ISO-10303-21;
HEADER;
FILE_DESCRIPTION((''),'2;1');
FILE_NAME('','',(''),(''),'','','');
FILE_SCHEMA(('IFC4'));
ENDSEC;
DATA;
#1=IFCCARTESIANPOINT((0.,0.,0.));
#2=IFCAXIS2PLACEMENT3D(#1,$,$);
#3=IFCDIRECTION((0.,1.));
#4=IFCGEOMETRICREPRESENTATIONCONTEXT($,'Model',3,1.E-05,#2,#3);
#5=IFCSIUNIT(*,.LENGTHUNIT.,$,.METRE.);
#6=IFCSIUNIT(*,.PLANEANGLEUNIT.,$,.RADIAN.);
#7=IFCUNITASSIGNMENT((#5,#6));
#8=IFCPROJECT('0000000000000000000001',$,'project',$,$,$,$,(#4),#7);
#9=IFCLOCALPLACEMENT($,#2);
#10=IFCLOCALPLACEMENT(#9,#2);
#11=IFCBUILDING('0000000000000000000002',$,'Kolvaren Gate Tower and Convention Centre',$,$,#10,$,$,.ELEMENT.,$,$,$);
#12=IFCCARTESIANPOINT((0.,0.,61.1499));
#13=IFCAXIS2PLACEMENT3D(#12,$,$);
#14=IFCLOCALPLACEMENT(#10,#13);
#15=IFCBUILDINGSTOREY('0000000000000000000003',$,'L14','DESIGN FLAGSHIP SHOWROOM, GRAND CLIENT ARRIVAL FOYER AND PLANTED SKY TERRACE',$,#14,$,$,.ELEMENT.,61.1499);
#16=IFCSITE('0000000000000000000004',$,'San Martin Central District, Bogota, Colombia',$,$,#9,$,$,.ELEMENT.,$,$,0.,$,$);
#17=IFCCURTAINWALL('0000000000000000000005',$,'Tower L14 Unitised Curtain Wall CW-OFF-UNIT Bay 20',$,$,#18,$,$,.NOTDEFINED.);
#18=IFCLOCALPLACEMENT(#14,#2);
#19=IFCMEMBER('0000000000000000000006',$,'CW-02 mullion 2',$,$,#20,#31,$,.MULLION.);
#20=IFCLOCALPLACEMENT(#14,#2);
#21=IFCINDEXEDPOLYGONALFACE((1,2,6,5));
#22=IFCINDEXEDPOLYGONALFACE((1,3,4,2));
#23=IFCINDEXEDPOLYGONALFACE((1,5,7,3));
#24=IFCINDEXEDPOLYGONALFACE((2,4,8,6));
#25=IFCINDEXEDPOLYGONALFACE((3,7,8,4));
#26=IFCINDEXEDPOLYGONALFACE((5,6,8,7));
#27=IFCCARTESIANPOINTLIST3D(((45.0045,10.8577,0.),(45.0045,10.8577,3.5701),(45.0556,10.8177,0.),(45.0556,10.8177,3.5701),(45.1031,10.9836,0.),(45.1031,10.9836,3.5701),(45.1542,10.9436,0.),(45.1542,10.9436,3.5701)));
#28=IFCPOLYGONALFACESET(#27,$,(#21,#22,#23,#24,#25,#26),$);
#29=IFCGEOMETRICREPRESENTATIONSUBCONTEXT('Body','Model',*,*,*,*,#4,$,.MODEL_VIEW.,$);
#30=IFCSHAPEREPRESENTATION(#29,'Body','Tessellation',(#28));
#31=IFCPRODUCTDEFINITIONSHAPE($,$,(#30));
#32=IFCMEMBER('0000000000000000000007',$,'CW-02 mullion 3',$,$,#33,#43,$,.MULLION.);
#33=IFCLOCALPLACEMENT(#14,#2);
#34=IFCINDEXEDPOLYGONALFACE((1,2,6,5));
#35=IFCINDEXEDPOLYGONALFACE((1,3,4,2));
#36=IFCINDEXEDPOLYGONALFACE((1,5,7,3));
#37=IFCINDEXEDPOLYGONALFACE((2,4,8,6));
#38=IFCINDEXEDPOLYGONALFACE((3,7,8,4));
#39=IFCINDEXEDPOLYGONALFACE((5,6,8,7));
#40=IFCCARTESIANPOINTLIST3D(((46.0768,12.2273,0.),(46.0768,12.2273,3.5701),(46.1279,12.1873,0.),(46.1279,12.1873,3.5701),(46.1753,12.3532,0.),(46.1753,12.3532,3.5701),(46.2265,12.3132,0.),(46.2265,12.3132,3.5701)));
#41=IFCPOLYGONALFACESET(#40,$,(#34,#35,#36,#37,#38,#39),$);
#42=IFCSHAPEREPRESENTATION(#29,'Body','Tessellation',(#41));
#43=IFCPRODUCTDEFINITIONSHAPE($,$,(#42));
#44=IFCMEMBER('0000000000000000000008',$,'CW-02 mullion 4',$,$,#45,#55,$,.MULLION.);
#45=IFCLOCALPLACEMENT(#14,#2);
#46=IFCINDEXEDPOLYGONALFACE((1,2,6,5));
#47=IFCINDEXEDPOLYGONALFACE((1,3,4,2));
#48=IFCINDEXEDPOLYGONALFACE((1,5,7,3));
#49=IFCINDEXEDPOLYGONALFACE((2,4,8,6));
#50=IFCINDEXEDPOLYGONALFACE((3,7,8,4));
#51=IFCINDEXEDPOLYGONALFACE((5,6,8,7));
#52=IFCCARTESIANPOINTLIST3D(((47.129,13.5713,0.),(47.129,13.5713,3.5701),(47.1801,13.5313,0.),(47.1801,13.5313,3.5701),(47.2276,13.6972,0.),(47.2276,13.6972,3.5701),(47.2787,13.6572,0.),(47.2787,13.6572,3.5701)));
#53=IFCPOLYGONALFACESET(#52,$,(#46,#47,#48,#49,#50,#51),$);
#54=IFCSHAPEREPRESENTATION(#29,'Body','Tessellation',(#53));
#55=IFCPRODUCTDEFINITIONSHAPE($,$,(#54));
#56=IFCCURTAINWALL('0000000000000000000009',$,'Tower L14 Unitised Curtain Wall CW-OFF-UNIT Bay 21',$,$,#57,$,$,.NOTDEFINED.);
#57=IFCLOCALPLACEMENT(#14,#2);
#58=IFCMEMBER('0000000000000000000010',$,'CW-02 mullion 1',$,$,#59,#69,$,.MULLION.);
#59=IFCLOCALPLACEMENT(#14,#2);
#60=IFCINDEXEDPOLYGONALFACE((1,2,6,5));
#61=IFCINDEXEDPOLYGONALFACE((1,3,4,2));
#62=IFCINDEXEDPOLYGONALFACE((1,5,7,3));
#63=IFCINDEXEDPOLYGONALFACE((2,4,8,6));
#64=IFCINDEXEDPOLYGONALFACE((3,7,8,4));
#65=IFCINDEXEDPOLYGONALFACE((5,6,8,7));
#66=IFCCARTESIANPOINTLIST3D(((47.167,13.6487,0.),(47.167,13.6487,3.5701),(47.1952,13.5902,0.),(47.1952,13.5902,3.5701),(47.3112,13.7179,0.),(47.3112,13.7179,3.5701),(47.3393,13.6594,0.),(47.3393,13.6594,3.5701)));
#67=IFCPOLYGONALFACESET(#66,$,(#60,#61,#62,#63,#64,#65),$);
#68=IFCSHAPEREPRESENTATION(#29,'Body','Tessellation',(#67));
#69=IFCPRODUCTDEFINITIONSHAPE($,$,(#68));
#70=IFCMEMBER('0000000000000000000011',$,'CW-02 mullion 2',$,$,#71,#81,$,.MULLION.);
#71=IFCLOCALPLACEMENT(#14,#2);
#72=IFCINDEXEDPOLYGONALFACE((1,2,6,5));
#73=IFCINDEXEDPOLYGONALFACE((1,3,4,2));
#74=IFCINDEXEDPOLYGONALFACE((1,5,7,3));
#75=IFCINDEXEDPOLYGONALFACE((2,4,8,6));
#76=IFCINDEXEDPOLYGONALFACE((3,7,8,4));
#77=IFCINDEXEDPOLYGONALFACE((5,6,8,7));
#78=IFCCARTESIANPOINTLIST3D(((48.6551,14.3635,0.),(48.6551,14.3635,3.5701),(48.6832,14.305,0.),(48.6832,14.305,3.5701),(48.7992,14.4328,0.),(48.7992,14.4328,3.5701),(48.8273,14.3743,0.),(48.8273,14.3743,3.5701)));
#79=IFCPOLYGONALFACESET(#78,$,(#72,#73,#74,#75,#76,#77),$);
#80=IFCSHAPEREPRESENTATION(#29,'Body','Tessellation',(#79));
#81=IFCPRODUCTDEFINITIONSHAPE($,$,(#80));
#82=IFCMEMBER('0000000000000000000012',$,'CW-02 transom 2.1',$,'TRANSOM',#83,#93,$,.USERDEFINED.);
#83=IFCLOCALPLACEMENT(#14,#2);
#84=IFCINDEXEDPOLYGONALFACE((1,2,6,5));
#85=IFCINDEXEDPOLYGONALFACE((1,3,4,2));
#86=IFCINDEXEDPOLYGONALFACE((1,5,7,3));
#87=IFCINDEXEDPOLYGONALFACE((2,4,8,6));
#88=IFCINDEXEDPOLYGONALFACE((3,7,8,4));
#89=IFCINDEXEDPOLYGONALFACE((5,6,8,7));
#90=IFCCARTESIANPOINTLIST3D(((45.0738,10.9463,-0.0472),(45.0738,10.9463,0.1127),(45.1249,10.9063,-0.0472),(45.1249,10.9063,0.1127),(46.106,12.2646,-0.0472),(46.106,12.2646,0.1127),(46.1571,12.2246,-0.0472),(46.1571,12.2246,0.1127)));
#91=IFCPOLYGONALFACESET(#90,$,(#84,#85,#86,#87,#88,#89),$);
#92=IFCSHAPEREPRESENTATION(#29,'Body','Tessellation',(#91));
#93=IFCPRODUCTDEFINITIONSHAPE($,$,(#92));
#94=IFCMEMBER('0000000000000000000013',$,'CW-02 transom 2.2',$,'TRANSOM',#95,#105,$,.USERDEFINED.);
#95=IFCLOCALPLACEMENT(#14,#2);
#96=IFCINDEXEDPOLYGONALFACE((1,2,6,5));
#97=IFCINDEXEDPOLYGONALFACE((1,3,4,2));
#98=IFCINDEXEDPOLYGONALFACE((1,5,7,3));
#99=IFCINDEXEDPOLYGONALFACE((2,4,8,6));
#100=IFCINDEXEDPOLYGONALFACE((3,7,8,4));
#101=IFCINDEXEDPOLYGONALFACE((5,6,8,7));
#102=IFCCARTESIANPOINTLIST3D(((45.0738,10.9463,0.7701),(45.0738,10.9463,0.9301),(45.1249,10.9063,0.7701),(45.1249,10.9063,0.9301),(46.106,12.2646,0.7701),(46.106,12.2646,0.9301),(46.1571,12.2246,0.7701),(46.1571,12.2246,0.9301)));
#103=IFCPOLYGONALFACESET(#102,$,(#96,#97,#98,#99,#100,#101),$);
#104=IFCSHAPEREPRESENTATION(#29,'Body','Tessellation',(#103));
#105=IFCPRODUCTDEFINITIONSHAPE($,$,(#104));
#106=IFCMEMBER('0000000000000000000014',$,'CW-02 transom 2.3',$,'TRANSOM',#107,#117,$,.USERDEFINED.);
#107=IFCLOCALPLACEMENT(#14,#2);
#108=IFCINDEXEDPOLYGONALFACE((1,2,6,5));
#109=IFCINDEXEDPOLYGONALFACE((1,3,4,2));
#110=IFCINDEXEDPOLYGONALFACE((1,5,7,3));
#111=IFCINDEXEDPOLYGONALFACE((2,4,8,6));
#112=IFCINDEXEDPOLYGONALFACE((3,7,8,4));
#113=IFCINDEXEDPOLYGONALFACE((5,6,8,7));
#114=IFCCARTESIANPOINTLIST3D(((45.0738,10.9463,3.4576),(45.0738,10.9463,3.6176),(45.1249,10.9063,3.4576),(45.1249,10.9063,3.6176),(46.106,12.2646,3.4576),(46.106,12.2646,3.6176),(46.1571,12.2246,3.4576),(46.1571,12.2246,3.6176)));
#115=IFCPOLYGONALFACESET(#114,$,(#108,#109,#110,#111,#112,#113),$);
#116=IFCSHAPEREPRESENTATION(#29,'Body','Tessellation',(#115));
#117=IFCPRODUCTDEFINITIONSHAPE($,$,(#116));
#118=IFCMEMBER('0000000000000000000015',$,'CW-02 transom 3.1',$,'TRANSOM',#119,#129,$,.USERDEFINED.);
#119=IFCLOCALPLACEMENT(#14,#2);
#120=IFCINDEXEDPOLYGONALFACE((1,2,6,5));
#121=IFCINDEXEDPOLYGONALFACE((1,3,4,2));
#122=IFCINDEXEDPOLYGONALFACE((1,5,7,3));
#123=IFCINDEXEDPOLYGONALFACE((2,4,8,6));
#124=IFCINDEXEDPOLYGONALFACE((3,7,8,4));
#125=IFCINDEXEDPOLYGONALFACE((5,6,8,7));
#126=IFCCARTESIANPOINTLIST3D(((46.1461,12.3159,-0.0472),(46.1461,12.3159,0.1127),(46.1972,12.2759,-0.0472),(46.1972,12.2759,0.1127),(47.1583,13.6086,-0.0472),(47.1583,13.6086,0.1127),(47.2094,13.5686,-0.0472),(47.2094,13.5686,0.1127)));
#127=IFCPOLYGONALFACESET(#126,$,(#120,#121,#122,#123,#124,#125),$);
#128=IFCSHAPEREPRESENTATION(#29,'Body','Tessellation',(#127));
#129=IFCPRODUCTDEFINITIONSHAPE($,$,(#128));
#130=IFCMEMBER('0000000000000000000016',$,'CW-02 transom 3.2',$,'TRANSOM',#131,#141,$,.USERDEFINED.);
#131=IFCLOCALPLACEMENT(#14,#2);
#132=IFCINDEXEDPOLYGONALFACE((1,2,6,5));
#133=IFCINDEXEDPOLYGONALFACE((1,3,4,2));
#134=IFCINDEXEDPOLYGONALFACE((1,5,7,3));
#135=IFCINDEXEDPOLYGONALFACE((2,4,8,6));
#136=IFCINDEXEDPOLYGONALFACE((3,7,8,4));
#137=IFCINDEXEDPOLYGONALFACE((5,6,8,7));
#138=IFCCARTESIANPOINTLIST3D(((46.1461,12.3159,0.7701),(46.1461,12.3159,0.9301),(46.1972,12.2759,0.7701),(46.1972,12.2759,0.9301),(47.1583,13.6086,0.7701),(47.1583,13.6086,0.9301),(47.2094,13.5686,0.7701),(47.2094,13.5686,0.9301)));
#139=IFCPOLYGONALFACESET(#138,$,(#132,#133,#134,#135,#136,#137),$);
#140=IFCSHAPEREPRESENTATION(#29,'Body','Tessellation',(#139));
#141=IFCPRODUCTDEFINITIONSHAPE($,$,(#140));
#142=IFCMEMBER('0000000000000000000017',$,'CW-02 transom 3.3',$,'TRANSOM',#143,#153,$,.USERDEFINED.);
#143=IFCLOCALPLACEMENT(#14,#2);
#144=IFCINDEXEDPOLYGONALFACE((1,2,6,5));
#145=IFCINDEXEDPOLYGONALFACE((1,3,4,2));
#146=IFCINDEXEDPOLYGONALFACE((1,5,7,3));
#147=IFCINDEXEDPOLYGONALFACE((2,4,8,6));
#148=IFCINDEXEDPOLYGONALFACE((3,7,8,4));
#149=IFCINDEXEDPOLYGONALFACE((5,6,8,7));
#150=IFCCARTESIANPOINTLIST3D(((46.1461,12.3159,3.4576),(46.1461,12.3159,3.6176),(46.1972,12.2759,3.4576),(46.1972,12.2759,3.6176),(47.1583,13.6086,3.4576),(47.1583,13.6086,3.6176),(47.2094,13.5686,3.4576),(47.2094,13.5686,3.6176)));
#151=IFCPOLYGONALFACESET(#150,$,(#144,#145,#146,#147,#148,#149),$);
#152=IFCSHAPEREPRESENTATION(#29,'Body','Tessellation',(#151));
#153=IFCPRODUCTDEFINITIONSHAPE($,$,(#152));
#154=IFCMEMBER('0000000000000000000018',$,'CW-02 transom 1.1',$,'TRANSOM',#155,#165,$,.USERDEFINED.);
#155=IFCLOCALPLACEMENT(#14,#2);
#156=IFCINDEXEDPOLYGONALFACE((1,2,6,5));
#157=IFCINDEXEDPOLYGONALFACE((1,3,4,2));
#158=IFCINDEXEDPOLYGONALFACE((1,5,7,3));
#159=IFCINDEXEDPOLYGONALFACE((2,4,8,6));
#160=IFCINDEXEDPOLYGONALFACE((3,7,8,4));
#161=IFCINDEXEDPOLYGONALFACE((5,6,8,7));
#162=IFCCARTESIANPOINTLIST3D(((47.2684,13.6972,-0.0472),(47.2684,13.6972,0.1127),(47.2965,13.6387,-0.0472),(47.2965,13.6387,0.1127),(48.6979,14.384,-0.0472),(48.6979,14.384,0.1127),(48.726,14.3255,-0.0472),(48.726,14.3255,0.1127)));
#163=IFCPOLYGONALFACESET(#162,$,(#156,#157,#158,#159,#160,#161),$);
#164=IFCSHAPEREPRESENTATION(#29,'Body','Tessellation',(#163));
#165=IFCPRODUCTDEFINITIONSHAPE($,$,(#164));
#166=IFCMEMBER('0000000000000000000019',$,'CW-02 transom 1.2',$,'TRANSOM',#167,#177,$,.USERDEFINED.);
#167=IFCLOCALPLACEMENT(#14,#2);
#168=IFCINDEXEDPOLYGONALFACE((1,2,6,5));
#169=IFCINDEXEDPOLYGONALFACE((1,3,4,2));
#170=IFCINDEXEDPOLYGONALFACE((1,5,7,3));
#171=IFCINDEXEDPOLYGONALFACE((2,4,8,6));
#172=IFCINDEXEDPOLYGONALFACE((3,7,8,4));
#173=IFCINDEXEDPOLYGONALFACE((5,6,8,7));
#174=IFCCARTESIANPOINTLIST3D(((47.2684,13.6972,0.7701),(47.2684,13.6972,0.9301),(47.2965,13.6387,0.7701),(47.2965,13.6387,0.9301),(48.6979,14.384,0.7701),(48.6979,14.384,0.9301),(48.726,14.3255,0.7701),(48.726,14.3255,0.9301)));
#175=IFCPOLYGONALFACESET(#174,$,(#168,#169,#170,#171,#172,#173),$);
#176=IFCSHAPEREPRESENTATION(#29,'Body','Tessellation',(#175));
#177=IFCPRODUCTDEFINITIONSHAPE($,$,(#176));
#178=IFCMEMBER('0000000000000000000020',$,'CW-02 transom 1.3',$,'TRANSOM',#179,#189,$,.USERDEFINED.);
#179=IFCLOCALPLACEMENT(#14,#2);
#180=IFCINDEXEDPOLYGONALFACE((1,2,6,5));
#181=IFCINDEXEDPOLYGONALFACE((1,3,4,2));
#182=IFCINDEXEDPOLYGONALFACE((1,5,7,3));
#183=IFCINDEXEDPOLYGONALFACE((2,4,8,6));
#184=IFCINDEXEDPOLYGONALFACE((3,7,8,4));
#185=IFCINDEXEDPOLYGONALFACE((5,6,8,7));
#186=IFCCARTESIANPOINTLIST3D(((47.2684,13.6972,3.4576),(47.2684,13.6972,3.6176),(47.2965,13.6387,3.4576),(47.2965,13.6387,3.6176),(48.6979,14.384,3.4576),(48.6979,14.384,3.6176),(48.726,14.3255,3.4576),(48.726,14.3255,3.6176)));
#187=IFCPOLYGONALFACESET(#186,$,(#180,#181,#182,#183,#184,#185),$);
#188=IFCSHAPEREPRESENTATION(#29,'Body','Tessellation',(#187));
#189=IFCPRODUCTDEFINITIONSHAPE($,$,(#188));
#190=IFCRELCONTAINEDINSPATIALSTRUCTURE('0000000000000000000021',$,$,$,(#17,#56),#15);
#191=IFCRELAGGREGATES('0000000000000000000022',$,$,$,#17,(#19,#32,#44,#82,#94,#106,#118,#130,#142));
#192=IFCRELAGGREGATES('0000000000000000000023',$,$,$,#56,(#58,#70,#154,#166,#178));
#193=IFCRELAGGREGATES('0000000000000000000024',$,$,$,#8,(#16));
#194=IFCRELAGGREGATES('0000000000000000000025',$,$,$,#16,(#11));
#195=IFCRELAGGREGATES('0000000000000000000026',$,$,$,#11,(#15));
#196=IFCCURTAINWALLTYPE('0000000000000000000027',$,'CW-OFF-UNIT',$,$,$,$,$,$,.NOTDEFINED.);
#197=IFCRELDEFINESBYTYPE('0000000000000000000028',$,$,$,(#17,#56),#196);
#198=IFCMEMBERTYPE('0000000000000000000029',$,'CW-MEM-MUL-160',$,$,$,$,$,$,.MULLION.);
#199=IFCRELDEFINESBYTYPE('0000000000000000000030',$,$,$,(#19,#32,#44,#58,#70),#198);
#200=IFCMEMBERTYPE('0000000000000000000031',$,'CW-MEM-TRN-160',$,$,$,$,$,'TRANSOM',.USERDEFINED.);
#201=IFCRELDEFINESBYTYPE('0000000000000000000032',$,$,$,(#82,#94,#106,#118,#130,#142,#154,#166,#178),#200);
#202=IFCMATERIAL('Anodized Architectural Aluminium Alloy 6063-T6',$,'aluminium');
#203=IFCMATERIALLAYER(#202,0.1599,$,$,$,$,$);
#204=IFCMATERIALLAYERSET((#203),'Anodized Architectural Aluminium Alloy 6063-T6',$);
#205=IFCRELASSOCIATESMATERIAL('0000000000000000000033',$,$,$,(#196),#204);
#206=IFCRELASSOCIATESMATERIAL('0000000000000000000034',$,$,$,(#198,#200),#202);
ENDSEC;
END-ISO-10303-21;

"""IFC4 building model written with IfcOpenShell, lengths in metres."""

from ifc_helpers import new_model, si_unit, direction, frame, origin, origin_2d, place, context, subcontext, project, spatial, rectangle, extrude, material, layer, layer_set, material_profile, profile_set, type_object, element, aggregate, save


model = new_model("IFC4")

# Units and contexts
model_context = context("Model", 3, precision=1e-05, world=origin(), true_north=direction((0.0, 1.0)))
body_context = subcontext(model_context, "Body", "Model", "MODEL_VIEW")
ifc_project = project(units=[si_unit("LENGTHUNIT", "METRE"), si_unit("PLANEANGLEUNIT", "RADIAN")], contexts=[model_context])

# Site, building, storey
site_placement = place(None, origin())
site = spatial("IfcSite", under=ifc_project, at=site_placement, Name="San Martin Central District, Bogota, Colombia", CompositionType="ELEMENT", RefElevation=0.0)
building_placement = place(site_placement, origin())
building = spatial("IfcBuilding", under=site, at=building_placement, Name="Kolvaren Gate Tower and Convention Centre", CompositionType="ELEMENT")
storey_placement = place(building_placement, frame((0.0, 0.0, 61.1499)))
storey = spatial("IfcBuildingStorey", under=building, at=storey_placement, Name="L14", Description="DESIGN FLAGSHIP SHOWROOM, GRAND CLIENT ARRIVAL FOYER AND PLANTED SKY TERRACE", CompositionType="ELEMENT", Elevation=61.1499)

# Curtain walls, members
ifc_material_1 = material(Name="Anodized Architectural Aluminium Alloy 6063-T6", Category="aluminium")
ifc_layer_1 = layer(ifc_material_1, 0.1599)
ifc_layer_set_1 = layer_set([ifc_layer_1], Name="Anodized Architectural Aluminium Alloy 6063-T6")
curtain_wall_type = type_object("IfcCurtainWallType", Name="CW-OFF-UNIT", PredefinedType="NOTDEFINED", material=ifc_layer_set_1)
curtain_wall_1_placement = place(storey_placement, origin())
curtain_wall_1 = element("IfcCurtainWall", 1, at=curtain_wall_1_placement, inside=storey, type_object=curtain_wall_type, Name="Tower L14 Unitised Curtain Wall CW-OFF-UNIT Bay 20", PredefinedType="NOTDEFINED")
ifc_material_profile_1 = material_profile(ifc_material_1, rectangle(XDim=0.0649, YDim=0.1599, at=origin_2d()), Name="CW-MEM-MUL-160")
ifc_profile_set_1 = profile_set([ifc_material_profile_1], Name="Anodized Architectural Aluminium Alloy 6063-T6")
member_type_1 = type_object("IfcMemberType", Name="CW-MEM-MUL-160", PredefinedType="MULLION", material=ifc_profile_set_1)
member_1_placement = place(storey_placement, frame((45.0793, 10.9006, 0.0), z_axis=(0.0, 0.0, 1.0), x_axis=(-0.787406, 0.616434, 0.0)))
member_1 = element("IfcMember", 2, at=member_1_placement, type_object=member_type_1, Name="CW-02 mullion 2", PredefinedType="MULLION", context=body_context, shape_type="SweptSolid", body=[
    extrude(rectangle(XDim=0.0649, YDim=0.1599, at=origin_2d()), origin(), (0.0, 0.0, 1.0), 3.5701),
])
member_2_placement = place(storey_placement, frame((46.1516, 12.2703, 0.0), z_axis=(0.0, 0.0, 1.0), x_axis=(-0.787406, 0.616434, 0.0)))
member_2 = element("IfcMember", 3, at=member_2_placement, type_object=member_type_1, Name="CW-02 mullion 3", PredefinedType="MULLION", context=body_context, shape_type="SweptSolid", body=[
    extrude(rectangle(XDim=0.0649, YDim=0.1599, at=origin_2d()), origin(), (0.0, 0.0, 1.0), 3.5701),
])
member_3_placement = place(storey_placement, frame((47.2039, 13.6143, 0.0), z_axis=(0.0, 0.0, 1.0), x_axis=(-0.787406, 0.616434, 0.0)))
member_3 = element("IfcMember", 4, at=member_3_placement, type_object=member_type_1, Name="CW-02 mullion 4", PredefinedType="MULLION", context=body_context, shape_type="SweptSolid", body=[
    extrude(rectangle(XDim=0.0649, YDim=0.1599, at=origin_2d()), origin(), (0.0, 0.0, 1.0), 3.5701),
])
curtain_wall_2_placement = place(storey_placement, origin())
curtain_wall_2 = element("IfcCurtainWall", 5, at=curtain_wall_2_placement, inside=storey, type_object=curtain_wall_type, Name="Tower L14 Unitised Curtain Wall CW-OFF-UNIT Bay 21", PredefinedType="NOTDEFINED")
member_4_placement = place(storey_placement, frame((47.2532, 13.6541, 0.0), z_axis=(0.0, 0.0, 1.0), x_axis=(-0.433067, 0.901362, 0.0)))
member_4 = element("IfcMember", 6, at=member_4_placement, type_object=member_type_1, Name="CW-02 mullion 1", PredefinedType="MULLION", context=body_context, shape_type="SweptSolid", body=[
    extrude(rectangle(XDim=0.0649, YDim=0.1599, at=origin_2d()), origin(), (0.0, 0.0, 1.0), 3.5701),
])
member_5_placement = place(storey_placement, frame((48.7412, 14.3689, 0.0), z_axis=(0.0, 0.0, 1.0), x_axis=(-0.433067, 0.901362, 0.0)))
member_5 = element("IfcMember", 7, at=member_5_placement, type_object=member_type_1, Name="CW-02 mullion 2", PredefinedType="MULLION", context=body_context, shape_type="SweptSolid", body=[
    extrude(rectangle(XDim=0.0649, YDim=0.1599, at=origin_2d()), origin(), (0.0, 0.0, 1.0), 3.5701),
])

# Members
ifc_material_profile_2 = material_profile(ifc_material_1, rectangle(XDim=0.0649, YDim=0.1599, at=origin_2d()), Name="CW-MEM-TRN-160")
ifc_profile_set_2 = profile_set([ifc_material_profile_2], Name="Anodized Architectural Aluminium Alloy 6063-T6")
member_type_2 = type_object("IfcMemberType", Name="CW-MEM-TRN-160", ElementType="TRANSOM", PredefinedType="USERDEFINED", material=ifc_profile_set_2)
member_6_placement = place(storey_placement, frame((45.0994, 10.9263, 0.0327), z_axis=(0.616481, 0.78737, 0.0), x_axis=(-0.78737, 0.616481, 0.0)))
member_6 = element("IfcMember", 8, at=member_6_placement, type_object=member_type_2, Name="CW-02 transom 2.1", ObjectType="TRANSOM", PredefinedType="USERDEFINED", context=body_context, shape_type="SweptSolid", body=[
    extrude(rectangle(XDim=0.0649, YDim=0.1599, at=origin_2d()), origin(), (0.0, 0.0, 1.0), 1.6743),
])
member_7_placement = place(storey_placement, frame((45.0994, 10.9263, 0.8501), z_axis=(0.616481, 0.78737, 0.0), x_axis=(-0.78737, 0.616481, 0.0)))
member_7 = element("IfcMember", 9, at=member_7_placement, type_object=member_type_2, Name="CW-02 transom 2.2", ObjectType="TRANSOM", PredefinedType="USERDEFINED", context=body_context, shape_type="SweptSolid", body=[
    extrude(rectangle(XDim=0.0649, YDim=0.1599, at=origin_2d()), origin(), (0.0, 0.0, 1.0), 1.6743),
])
member_8_placement = place(storey_placement, frame((45.0994, 10.9263, 3.5376), z_axis=(0.616481, 0.78737, 0.0), x_axis=(-0.78737, 0.616481, 0.0)))
member_8 = element("IfcMember", 10, at=member_8_placement, type_object=member_type_2, Name="CW-02 transom 2.3", ObjectType="TRANSOM", PredefinedType="USERDEFINED", context=body_context, shape_type="SweptSolid", body=[
    extrude(rectangle(XDim=0.0649, YDim=0.1599, at=origin_2d()), origin(), (0.0, 0.0, 1.0), 1.6743),
])
member_9_placement = place(storey_placement, frame((46.1716, 12.2959, 0.0327), z_axis=(0.616501, 0.787354, 0.0), x_axis=(-0.787354, 0.616501, 0.0)))
member_9 = element("IfcMember", 11, at=member_9_placement, type_object=member_type_2, Name="CW-02 transom 3.1", ObjectType="TRANSOM", PredefinedType="USERDEFINED", context=body_context, shape_type="SweptSolid", body=[
    extrude(rectangle(XDim=0.0649, YDim=0.1599, at=origin_2d()), origin(), (0.0, 0.0, 1.0), 1.6418),
])
member_10_placement = place(storey_placement, frame((46.1716, 12.2959, 0.8501), z_axis=(0.616501, 0.787354, 0.0), x_axis=(-0.787354, 0.616501, 0.0)))
member_10 = element("IfcMember", 12, at=member_10_placement, type_object=member_type_2, Name="CW-02 transom 3.2", ObjectType="TRANSOM", PredefinedType="USERDEFINED", context=body_context, shape_type="SweptSolid", body=[
    extrude(rectangle(XDim=0.0649, YDim=0.1599, at=origin_2d()), origin(), (0.0, 0.0, 1.0), 1.6418),
])
member_11_placement = place(storey_placement, frame((46.1716, 12.2959, 3.5376), z_axis=(0.616501, 0.787354, 0.0), x_axis=(-0.787354, 0.616501, 0.0)))
member_11 = element("IfcMember", 13, at=member_11_placement, type_object=member_type_2, Name="CW-02 transom 3.3", ObjectType="TRANSOM", PredefinedType="USERDEFINED", context=body_context, shape_type="SweptSolid", body=[
    extrude(rectangle(XDim=0.0649, YDim=0.1599, at=origin_2d()), origin(), (0.0, 0.0, 1.0), 1.6418),
])
member_12_placement = place(storey_placement, frame((47.2825, 13.668, 0.0327), z_axis=(0.901367, 0.433056, 0.0), x_axis=(-0.433056, 0.901367, 0.0)))
member_12 = element("IfcMember", 14, at=member_12_placement, type_object=member_type_2, Name="CW-02 transom 1.1", ObjectType="TRANSOM", PredefinedType="USERDEFINED", context=body_context, shape_type="SweptSolid", body=[
    extrude(rectangle(XDim=0.0649, YDim=0.1599, at=origin_2d()), origin(), (0.0, 0.0, 1.0), 1.5859),
])
member_13_placement = place(storey_placement, frame((47.2825, 13.668, 0.8501), z_axis=(0.901367, 0.433056, 0.0), x_axis=(-0.433056, 0.901367, 0.0)))
member_13 = element("IfcMember", 15, at=member_13_placement, type_object=member_type_2, Name="CW-02 transom 1.2", ObjectType="TRANSOM", PredefinedType="USERDEFINED", context=body_context, shape_type="SweptSolid", body=[
    extrude(rectangle(XDim=0.0649, YDim=0.1599, at=origin_2d()), origin(), (0.0, 0.0, 1.0), 1.5859),
])
member_14_placement = place(storey_placement, frame((47.2825, 13.668, 3.5376), z_axis=(0.901367, 0.433056, 0.0), x_axis=(-0.433056, 0.901367, 0.0)))
member_14 = element("IfcMember", 16, at=member_14_placement, type_object=member_type_2, Name="CW-02 transom 1.3", ObjectType="TRANSOM", PredefinedType="USERDEFINED", context=body_context, shape_type="SweptSolid", body=[
    extrude(rectangle(XDim=0.0649, YDim=0.1599, at=origin_2d()), origin(), (0.0, 0.0, 1.0), 1.5859),
])

aggregate(curtain_wall_1, [member_1, member_2, member_3, member_6, member_7, member_8, member_9, member_10, member_11])
aggregate(curtain_wall_2, [member_4, member_5, member_12, member_13, member_14])

save(model, "model.ifc")
